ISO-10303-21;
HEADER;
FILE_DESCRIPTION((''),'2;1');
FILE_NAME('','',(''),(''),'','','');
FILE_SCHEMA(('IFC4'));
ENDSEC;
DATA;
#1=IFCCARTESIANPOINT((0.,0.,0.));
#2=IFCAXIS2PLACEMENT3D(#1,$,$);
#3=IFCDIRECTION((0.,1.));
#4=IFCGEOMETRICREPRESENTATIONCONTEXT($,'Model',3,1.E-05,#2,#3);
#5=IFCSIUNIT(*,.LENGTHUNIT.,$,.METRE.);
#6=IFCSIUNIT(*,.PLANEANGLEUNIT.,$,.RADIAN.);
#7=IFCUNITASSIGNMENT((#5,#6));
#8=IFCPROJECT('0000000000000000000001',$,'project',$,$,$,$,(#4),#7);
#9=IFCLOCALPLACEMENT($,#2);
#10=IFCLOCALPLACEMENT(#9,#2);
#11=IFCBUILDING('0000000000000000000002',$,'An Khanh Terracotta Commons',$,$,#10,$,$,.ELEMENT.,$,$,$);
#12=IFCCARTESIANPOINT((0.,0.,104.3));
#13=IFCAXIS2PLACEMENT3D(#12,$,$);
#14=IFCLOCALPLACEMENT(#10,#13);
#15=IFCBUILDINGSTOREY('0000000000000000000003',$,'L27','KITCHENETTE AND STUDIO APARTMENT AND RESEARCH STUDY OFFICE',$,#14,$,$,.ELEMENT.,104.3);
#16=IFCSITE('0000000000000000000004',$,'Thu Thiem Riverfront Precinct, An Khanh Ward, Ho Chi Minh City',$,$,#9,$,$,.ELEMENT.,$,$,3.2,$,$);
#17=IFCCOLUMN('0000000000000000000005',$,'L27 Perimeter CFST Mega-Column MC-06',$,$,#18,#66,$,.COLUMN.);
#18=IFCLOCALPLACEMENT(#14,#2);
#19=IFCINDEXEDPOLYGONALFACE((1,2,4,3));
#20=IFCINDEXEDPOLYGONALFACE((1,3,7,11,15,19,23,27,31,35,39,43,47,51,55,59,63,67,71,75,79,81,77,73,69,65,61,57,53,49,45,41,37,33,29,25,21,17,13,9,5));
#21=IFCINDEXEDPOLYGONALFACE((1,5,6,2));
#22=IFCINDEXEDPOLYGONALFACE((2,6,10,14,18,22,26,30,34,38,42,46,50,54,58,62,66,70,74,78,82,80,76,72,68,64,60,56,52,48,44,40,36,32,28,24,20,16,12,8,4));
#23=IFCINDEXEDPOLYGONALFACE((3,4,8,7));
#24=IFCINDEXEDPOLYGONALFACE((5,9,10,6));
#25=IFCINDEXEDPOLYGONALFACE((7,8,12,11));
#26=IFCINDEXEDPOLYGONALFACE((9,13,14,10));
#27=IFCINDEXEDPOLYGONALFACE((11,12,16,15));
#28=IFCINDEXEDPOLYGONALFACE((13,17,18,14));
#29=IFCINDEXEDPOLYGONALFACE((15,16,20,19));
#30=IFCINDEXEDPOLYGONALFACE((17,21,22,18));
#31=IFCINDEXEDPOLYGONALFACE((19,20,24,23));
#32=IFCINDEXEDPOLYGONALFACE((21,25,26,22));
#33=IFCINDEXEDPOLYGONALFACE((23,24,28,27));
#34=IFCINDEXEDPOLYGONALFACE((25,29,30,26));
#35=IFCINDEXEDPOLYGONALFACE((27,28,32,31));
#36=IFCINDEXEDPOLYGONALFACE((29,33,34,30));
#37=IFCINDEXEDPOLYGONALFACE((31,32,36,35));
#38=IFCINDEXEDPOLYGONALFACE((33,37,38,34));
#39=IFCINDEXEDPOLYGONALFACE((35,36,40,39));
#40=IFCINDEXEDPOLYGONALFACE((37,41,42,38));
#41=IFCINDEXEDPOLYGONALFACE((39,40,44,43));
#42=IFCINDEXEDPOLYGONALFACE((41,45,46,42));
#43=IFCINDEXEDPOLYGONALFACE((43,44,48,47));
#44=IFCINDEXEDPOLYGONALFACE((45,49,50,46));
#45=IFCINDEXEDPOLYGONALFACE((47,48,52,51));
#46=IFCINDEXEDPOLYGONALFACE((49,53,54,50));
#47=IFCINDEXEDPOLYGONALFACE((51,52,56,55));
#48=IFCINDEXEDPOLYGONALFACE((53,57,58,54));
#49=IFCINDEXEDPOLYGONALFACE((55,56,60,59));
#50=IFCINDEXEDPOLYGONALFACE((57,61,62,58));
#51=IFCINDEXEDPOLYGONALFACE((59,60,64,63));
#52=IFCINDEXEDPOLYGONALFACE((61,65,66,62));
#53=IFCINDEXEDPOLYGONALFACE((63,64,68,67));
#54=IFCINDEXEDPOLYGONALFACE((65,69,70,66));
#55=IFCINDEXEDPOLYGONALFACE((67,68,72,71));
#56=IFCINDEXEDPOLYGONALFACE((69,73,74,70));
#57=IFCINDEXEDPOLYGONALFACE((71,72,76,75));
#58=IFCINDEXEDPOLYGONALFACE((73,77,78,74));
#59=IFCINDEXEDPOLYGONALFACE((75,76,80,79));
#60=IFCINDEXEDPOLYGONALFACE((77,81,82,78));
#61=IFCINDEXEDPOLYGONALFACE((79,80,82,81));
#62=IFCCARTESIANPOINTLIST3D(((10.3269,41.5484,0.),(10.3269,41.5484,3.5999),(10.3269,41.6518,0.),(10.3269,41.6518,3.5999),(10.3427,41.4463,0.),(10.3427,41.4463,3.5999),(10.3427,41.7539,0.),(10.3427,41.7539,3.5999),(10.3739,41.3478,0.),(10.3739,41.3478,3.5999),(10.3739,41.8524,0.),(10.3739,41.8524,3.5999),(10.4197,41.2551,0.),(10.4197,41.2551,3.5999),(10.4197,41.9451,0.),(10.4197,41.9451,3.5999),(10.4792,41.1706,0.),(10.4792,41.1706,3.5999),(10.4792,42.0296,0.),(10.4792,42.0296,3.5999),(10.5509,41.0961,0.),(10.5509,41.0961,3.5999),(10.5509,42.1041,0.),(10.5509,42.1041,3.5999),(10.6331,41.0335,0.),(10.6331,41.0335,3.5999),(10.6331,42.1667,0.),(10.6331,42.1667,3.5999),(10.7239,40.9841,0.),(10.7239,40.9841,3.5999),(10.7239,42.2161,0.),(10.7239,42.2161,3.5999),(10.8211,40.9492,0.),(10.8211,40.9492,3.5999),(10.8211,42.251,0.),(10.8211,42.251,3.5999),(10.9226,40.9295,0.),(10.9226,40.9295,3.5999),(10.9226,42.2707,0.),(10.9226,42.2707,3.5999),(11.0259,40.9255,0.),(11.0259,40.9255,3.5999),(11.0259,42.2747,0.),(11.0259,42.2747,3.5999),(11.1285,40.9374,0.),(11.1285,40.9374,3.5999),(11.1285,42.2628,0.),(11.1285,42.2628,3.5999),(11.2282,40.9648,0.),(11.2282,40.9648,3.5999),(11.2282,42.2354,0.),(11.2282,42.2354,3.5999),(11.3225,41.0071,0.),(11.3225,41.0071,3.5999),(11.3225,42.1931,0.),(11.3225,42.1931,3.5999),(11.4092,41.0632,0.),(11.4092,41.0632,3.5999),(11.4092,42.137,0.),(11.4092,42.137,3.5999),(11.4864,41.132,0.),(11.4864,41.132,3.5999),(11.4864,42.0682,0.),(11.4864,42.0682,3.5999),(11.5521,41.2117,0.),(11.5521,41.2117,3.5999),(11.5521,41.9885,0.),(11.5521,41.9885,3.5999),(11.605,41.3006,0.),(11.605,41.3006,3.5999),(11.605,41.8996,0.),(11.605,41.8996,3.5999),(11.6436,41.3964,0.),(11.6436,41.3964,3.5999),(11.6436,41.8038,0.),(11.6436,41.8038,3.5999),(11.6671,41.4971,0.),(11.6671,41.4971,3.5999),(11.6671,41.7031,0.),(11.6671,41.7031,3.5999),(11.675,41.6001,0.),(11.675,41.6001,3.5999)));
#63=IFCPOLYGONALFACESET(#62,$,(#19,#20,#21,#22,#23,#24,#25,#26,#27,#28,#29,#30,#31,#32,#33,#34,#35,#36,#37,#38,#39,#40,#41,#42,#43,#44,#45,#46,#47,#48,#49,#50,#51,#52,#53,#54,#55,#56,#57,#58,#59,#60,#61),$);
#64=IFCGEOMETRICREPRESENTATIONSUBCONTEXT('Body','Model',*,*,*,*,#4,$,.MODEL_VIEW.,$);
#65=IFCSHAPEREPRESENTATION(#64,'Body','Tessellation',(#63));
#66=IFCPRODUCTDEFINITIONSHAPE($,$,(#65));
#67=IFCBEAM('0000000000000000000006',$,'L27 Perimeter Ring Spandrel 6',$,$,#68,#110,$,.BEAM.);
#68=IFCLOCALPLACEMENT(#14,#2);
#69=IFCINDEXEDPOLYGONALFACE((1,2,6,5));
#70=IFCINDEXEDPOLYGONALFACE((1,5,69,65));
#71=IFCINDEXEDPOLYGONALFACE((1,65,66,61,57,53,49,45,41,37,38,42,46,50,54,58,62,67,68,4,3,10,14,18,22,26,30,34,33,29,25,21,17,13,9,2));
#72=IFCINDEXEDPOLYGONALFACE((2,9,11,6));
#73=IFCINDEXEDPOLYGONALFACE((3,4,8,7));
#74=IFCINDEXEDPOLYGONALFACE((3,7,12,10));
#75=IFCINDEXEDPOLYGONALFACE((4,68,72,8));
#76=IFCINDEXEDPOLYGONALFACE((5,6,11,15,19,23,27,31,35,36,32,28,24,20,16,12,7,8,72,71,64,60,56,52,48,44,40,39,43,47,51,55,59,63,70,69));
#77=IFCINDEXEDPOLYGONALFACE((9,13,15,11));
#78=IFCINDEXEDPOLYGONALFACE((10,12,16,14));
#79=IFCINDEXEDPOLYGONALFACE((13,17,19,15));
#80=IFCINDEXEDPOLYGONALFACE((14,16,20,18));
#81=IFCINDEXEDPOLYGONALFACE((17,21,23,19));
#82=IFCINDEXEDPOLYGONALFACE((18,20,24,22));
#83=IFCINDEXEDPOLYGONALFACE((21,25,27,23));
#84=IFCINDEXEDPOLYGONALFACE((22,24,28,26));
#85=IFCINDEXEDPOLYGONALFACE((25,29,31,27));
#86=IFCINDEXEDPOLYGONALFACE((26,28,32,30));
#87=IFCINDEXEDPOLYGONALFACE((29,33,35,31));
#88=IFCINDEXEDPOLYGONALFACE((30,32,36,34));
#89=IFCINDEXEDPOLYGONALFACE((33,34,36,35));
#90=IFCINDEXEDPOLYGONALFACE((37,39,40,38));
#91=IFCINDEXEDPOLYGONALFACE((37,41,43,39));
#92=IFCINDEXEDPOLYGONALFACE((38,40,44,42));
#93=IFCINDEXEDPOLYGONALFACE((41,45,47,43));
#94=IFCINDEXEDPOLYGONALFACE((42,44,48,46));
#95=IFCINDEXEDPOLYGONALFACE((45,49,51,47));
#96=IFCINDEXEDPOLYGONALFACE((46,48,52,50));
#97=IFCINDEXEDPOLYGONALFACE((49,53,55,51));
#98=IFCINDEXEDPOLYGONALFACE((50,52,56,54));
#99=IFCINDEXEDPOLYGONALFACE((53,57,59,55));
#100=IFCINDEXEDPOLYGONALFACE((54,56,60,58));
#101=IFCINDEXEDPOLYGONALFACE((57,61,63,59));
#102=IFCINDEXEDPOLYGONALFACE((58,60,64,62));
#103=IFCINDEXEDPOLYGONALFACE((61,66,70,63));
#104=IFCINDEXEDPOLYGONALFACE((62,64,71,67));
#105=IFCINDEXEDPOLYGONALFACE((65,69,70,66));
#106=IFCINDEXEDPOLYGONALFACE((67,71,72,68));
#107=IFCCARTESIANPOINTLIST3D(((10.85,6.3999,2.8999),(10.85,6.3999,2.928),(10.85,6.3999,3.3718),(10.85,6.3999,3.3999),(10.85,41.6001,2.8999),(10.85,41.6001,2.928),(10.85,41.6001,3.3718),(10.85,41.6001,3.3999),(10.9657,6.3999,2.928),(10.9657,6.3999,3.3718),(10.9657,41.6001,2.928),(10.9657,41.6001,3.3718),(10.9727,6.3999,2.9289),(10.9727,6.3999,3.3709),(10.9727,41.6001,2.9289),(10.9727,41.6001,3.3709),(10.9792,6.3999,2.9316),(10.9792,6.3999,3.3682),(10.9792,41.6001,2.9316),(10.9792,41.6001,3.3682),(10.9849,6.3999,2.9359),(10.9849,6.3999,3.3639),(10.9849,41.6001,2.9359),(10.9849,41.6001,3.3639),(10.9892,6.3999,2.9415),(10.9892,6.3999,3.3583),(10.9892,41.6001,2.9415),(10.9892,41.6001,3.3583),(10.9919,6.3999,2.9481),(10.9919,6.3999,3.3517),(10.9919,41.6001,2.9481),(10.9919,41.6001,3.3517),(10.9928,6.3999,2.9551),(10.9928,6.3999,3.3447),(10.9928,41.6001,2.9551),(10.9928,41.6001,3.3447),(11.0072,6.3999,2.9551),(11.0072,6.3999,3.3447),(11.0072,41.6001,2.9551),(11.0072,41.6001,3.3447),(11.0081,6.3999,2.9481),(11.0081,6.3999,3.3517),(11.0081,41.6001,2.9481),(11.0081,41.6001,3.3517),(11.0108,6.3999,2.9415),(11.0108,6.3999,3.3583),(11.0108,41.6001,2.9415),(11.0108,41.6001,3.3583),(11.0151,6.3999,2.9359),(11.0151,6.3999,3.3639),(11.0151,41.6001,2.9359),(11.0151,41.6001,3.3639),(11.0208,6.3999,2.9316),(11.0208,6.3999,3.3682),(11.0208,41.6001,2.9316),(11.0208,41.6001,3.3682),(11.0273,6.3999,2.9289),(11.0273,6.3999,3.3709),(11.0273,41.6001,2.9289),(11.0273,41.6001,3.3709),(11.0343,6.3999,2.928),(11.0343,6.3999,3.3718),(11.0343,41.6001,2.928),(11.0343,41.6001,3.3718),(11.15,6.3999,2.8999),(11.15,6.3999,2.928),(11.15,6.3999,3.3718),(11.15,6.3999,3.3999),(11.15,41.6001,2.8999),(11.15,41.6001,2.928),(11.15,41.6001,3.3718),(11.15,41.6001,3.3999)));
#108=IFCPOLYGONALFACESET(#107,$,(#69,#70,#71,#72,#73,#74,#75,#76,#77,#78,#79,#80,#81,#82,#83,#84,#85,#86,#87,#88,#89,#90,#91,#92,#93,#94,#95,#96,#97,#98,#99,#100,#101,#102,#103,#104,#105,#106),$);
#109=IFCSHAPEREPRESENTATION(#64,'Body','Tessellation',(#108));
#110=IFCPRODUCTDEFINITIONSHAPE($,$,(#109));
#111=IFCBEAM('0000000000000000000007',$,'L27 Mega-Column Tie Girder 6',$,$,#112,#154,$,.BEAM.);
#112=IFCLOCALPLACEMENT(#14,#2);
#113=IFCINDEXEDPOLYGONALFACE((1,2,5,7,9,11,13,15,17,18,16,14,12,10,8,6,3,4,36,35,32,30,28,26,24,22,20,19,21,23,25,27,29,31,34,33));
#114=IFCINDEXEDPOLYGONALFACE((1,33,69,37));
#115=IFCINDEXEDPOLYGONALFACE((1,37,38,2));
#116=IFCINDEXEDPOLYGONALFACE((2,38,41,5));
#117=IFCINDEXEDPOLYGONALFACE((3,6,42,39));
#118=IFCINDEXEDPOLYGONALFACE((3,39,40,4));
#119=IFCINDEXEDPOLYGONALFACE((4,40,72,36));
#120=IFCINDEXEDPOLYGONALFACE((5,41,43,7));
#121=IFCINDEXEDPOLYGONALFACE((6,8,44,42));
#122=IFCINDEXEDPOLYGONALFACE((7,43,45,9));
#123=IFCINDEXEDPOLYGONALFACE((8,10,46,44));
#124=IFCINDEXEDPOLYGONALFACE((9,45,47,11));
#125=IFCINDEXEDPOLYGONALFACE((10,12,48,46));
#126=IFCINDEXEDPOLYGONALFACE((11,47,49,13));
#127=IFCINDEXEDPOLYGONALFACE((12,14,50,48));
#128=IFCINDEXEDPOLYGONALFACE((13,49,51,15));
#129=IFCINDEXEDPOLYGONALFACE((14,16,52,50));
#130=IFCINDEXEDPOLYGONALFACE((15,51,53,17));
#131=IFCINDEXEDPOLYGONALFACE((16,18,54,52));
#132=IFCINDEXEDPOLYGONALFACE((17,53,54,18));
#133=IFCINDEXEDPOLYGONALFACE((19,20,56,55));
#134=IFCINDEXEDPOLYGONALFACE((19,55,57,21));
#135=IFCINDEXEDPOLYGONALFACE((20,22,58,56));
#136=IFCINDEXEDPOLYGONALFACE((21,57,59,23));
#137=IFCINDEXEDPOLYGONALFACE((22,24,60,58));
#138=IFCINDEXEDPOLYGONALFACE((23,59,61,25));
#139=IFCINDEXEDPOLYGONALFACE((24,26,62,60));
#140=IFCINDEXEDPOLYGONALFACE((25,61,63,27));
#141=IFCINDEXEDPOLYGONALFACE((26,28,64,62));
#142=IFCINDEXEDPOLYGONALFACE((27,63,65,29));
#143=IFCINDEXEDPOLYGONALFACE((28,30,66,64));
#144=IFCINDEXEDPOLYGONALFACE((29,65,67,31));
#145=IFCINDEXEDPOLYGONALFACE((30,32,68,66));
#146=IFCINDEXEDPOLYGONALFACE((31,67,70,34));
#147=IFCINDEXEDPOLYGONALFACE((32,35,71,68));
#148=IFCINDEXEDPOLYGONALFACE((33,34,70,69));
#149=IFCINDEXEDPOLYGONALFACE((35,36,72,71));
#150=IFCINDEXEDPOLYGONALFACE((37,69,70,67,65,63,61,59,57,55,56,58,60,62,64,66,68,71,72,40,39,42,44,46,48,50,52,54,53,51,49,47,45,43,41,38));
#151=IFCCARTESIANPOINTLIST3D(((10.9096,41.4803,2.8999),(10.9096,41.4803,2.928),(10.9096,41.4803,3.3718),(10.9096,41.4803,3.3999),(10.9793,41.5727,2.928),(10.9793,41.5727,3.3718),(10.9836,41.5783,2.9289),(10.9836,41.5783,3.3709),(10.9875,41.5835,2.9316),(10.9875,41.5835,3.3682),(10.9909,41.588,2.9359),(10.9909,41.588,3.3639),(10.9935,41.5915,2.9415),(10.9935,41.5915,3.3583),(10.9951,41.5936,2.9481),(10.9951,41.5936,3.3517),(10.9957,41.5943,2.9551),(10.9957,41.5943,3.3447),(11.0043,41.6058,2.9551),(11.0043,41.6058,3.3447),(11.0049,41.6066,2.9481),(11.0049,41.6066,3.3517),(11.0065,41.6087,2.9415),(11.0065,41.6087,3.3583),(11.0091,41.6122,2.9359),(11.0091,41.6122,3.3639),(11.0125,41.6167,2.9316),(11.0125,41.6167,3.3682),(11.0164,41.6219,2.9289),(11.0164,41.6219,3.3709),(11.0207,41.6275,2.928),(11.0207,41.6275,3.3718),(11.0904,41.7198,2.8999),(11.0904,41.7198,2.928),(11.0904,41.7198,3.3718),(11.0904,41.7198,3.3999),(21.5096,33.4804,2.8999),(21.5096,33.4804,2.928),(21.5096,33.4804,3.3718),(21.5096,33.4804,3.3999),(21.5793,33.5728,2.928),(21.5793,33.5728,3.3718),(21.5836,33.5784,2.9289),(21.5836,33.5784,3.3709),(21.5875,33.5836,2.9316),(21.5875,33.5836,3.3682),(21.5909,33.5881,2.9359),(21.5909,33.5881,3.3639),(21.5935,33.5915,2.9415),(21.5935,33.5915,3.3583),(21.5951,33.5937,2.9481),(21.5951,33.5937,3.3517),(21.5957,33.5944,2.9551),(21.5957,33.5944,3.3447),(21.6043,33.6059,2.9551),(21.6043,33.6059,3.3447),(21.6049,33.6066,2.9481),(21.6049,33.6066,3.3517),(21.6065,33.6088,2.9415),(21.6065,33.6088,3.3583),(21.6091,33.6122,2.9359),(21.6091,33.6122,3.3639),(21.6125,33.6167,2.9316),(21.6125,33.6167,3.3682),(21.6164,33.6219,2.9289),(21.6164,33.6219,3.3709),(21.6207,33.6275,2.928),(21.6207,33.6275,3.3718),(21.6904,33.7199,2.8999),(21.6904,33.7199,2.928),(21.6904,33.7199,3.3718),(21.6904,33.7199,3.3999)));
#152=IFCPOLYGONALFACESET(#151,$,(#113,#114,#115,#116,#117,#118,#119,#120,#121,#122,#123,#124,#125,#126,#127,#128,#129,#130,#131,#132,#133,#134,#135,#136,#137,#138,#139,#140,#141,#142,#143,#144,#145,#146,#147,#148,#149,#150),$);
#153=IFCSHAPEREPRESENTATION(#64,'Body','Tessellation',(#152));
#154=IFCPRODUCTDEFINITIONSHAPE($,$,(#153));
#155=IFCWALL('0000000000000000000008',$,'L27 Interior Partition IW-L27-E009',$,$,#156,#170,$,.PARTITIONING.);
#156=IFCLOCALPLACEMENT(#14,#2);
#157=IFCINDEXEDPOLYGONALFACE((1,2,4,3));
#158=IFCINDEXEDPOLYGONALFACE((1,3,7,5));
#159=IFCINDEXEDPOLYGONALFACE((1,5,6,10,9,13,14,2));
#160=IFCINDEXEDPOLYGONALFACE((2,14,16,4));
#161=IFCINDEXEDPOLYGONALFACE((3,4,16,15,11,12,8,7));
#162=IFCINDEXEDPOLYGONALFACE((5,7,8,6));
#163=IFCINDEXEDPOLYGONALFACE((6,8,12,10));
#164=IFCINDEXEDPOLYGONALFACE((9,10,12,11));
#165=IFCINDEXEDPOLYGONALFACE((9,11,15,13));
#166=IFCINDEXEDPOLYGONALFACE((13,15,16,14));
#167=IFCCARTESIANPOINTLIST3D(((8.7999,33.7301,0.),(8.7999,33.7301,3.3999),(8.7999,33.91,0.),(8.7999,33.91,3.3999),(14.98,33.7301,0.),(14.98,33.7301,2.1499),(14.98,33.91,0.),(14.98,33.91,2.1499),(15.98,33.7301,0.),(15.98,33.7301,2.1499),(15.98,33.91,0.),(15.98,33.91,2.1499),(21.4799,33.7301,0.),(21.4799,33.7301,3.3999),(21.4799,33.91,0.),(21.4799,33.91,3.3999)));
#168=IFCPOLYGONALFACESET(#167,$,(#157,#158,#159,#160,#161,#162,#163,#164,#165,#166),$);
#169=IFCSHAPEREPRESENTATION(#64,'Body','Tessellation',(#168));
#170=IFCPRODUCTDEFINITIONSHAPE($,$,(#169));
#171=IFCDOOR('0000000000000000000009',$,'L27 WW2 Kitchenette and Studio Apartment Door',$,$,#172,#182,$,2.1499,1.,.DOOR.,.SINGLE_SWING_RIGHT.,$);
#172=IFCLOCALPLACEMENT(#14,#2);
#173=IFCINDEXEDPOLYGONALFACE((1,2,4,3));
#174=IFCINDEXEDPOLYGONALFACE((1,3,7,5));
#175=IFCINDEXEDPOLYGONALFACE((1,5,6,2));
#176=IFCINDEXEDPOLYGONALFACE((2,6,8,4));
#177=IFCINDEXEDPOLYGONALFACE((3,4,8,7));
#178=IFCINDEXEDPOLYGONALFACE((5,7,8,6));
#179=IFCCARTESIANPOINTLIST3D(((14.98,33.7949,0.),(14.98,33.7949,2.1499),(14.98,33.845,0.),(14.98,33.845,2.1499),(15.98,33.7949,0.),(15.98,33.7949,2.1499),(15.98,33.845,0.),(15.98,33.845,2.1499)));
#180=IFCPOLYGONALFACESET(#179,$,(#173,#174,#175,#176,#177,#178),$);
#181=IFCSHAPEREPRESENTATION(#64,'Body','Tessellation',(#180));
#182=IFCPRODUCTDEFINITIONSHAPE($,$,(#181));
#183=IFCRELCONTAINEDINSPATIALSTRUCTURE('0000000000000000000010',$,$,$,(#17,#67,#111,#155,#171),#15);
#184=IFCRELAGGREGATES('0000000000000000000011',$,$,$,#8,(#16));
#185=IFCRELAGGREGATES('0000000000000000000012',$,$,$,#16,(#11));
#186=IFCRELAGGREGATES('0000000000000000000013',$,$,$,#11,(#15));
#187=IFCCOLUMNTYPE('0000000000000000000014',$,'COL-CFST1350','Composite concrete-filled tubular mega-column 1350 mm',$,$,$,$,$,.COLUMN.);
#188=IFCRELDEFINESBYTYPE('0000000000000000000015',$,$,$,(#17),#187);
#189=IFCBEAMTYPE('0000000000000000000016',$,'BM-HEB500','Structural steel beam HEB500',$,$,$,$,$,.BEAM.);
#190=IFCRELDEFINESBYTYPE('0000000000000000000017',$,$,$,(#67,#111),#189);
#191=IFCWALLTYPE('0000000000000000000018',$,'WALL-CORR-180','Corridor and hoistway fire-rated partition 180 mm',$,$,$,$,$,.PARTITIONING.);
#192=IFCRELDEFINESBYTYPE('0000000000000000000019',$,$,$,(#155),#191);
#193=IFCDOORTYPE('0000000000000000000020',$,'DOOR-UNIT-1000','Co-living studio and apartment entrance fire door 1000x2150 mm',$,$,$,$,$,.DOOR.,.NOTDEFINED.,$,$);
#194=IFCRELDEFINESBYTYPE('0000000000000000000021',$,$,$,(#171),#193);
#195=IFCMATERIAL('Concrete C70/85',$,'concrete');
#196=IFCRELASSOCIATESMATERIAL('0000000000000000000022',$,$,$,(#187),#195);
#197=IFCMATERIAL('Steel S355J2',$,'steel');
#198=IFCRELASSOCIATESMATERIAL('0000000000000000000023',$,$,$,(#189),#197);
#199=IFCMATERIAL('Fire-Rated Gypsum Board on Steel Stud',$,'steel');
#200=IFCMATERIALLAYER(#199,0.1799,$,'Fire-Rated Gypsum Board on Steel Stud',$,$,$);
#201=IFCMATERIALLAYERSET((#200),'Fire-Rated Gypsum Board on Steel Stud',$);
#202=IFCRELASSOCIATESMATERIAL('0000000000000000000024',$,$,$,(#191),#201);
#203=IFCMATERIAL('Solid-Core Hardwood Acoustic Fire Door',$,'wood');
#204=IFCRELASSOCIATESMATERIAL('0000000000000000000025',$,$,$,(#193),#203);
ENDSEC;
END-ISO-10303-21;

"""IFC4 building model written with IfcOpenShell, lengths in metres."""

from ifc_helpers import new_model, si_unit, direction, frame, frame_2d, origin, origin_2d, place, context, subcontext, project, spatial, rectangle, circle, i_section, extrude, material, layer, layer_set, material_profile, profile_set, type_object, element, fill, save


model = new_model("IFC4")

# Units and contexts
model_context = context("Model", 3, precision=1e-05, world=origin(), true_north=direction((0.0, 1.0)))
body_context = subcontext(model_context, "Body", "Model", "MODEL_VIEW")
ifc_project = project(units=[si_unit("LENGTHUNIT", "METRE"), si_unit("PLANEANGLEUNIT", "RADIAN")], contexts=[model_context])

# Site, building, storey
site_placement = place(None, origin())
site = spatial("IfcSite", under=ifc_project, at=site_placement, Name="Thu Thiem Riverfront Precinct, An Khanh Ward, Ho Chi Minh City", CompositionType="ELEMENT", RefElevation=3.2)
building_placement = place(site_placement, origin())
building = spatial("IfcBuilding", under=site, at=building_placement, Name="An Khanh Terracotta Commons", CompositionType="ELEMENT")
storey_placement = place(building_placement, frame((0.0, 0.0, 104.3)))
storey = spatial("IfcBuildingStorey", under=building, at=storey_placement, Name="L27", Description="KITCHENETTE AND STUDIO APARTMENT AND RESEARCH STUDY OFFICE", CompositionType="ELEMENT", Elevation=104.3)

# Column
ifc_material_1 = material(Name="Concrete C70/85", Category="concrete")
ifc_material_profile_1 = material_profile(ifc_material_1, circle(Radius=0.675, at=origin_2d()), Name="CFST1350")
ifc_profile_set_1 = profile_set([ifc_material_profile_1], Name="Concrete C70/85")
column_type = type_object("IfcColumnType", Name="COL-CFST1350", Description="Composite concrete-filled tubular mega-column 1350 mm", PredefinedType="COLUMN", material=ifc_profile_set_1)
column_placement = place(storey_placement, frame((11.0, 41.6001, 0.0), z_axis=(0.0, 0.0, 1.0), x_axis=(1.0, 0.0, 0.0)))
element("IfcColumn", 1, at=column_placement, inside=storey, type_object=column_type, Name="L27 Perimeter CFST Mega-Column MC-06", PredefinedType="COLUMN", context=body_context, shape_type="SweptSolid", body=[
    extrude(circle(Radius=0.675, at=origin_2d()), origin(), (0.0, 0.0, 1.0), 3.5999),
])

# Beams
ifc_material_2 = material(Name="Steel S355J2", Category="steel")
ifc_material_profile_2 = material_profile(ifc_material_2, i_section(OverallWidth=0.3, OverallDepth=0.5, WebThickness=0.0144, FlangeThickness=0.0281, FilletRadius=0.0271, at=origin_2d()), Name="HEB500")
ifc_profile_set_2 = profile_set([ifc_material_profile_2], Name="Steel S355J2")
beam_type = type_object("IfcBeamType", Name="BM-HEB500", Description="Structural steel beam HEB500", PredefinedType="BEAM", material=ifc_profile_set_2)
beam_1_placement = place(storey_placement, frame((11.0, 41.6001, 3.1499), z_axis=(0.0, -1.0, 0.0), x_axis=(1.0, 0.0, 0.0)))
element("IfcBeam", 2, at=beam_1_placement, inside=storey, type_object=beam_type, Name="L27 Perimeter Ring Spandrel 6", PredefinedType="BEAM", context=body_context, shape_type="SweptSolid", body=[
    extrude(i_section(OverallWidth=0.3, OverallDepth=0.5, WebThickness=0.0144, FlangeThickness=0.0281, FilletRadius=0.0271, at=origin_2d()), origin(), (0.0, 0.0, 1.0), 35.2002),
])
beam_2_placement = place(storey_placement, frame((11.0, 41.6001, 3.1499), z_axis=(0.798192, -0.602403, 0.0), x_axis=(0.602403, 0.798192, 0.0)))
element("IfcBeam", 3, at=beam_2_placement, inside=storey, type_object=beam_type, Name="L27 Mega-Column Tie Girder 6", PredefinedType="BEAM", context=body_context, shape_type="SweptSolid", body=[
    extrude(i_section(OverallWidth=0.3, OverallDepth=0.5, WebThickness=0.0144, FlangeThickness=0.0281, FilletRadius=0.0271, at=origin_2d()), origin(), (0.0, 0.0, 1.0), 13.28),
])

# Wall, opening, door
ifc_material_3 = material(Name="Fire-Rated Gypsum Board on Steel Stud", Category="steel")
ifc_layer_1 = layer(ifc_material_3, 0.1799, Name="Fire-Rated Gypsum Board on Steel Stud")
ifc_layer_set_1 = layer_set([ifc_layer_1], Name="Fire-Rated Gypsum Board on Steel Stud")
wall_type_1 = type_object("IfcWallType", Name="WALL-CORR-180", Description="Corridor and hoistway fire-rated partition 180 mm", PredefinedType="PARTITIONING", material=ifc_layer_set_1)
wall_1_placement = place(storey_placement, frame((8.8, 33.8201, 0.0), z_axis=(0.0, 0.0, 1.0), x_axis=(1.0, 0.0, 0.0)))
wall_1 = element("IfcWall", 4, at=wall_1_placement, inside=storey, type_object=wall_type_1, Name="L27 Interior Partition IW-L27-E009", PredefinedType="PARTITIONING", context=body_context, shape_type="SweptSolid", body=[
    extrude(rectangle(XDim=12.6799, YDim=0.1799, at=frame_2d((6.3398, 0.0))), origin(), (0.0, 0.0, 1.0), 3.3999),
])
opening_1_placement = place(wall_1_placement, frame((6.1799, 0.0, 0.0)))
opening_1 = element("IfcOpeningElement", 5, at=opening_1_placement, cuts=wall_1, PredefinedType="OPENING", context=body_context, shape_type="SweptSolid", body=[
    extrude(rectangle(XDim=1.0, YDim=2.1499, at=frame_2d((0.5, 1.075))), frame((0.0, 0.0999, 0.0), z_axis=(0.0, -1.0, 0.0), x_axis=(1.0, 0.0, 0.0)), (0.0, 0.0, 1.0), 0.2),
])
ifc_material_4 = material(Name="Solid-Core Hardwood Acoustic Fire Door", Category="wood")
door_type_1 = type_object("IfcDoorType", Name="DOOR-UNIT-1000", Description="Co-living studio and apartment entrance fire door 1000x2150 mm", OperationType="NOTDEFINED", PredefinedType="DOOR", material=ifc_material_4)
door_1_placement = place(opening_1_placement, origin())
door_1 = element("IfcDoor", 6, at=door_1_placement, inside=storey, type_object=door_type_1, Name="L27 WW2 Kitchenette and Studio Apartment Door", OperationType="SINGLE_SWING_RIGHT", OverallHeight=2.1499, OverallWidth=1.0, PredefinedType="DOOR", context=body_context, shape_type="SweptSolid", body=[
    extrude(rectangle(XDim=1.0, YDim=2.1499, at=frame_2d((0.5, 1.075))), frame((0.0, 0.0249, 0.0), z_axis=(0.0, -1.0, 0.0), x_axis=(1.0, 0.0, 0.0)), (0.0, 0.0, 1.0), 0.05),
])
fill(opening_1, door_1)

save(model, "model.ifc")
